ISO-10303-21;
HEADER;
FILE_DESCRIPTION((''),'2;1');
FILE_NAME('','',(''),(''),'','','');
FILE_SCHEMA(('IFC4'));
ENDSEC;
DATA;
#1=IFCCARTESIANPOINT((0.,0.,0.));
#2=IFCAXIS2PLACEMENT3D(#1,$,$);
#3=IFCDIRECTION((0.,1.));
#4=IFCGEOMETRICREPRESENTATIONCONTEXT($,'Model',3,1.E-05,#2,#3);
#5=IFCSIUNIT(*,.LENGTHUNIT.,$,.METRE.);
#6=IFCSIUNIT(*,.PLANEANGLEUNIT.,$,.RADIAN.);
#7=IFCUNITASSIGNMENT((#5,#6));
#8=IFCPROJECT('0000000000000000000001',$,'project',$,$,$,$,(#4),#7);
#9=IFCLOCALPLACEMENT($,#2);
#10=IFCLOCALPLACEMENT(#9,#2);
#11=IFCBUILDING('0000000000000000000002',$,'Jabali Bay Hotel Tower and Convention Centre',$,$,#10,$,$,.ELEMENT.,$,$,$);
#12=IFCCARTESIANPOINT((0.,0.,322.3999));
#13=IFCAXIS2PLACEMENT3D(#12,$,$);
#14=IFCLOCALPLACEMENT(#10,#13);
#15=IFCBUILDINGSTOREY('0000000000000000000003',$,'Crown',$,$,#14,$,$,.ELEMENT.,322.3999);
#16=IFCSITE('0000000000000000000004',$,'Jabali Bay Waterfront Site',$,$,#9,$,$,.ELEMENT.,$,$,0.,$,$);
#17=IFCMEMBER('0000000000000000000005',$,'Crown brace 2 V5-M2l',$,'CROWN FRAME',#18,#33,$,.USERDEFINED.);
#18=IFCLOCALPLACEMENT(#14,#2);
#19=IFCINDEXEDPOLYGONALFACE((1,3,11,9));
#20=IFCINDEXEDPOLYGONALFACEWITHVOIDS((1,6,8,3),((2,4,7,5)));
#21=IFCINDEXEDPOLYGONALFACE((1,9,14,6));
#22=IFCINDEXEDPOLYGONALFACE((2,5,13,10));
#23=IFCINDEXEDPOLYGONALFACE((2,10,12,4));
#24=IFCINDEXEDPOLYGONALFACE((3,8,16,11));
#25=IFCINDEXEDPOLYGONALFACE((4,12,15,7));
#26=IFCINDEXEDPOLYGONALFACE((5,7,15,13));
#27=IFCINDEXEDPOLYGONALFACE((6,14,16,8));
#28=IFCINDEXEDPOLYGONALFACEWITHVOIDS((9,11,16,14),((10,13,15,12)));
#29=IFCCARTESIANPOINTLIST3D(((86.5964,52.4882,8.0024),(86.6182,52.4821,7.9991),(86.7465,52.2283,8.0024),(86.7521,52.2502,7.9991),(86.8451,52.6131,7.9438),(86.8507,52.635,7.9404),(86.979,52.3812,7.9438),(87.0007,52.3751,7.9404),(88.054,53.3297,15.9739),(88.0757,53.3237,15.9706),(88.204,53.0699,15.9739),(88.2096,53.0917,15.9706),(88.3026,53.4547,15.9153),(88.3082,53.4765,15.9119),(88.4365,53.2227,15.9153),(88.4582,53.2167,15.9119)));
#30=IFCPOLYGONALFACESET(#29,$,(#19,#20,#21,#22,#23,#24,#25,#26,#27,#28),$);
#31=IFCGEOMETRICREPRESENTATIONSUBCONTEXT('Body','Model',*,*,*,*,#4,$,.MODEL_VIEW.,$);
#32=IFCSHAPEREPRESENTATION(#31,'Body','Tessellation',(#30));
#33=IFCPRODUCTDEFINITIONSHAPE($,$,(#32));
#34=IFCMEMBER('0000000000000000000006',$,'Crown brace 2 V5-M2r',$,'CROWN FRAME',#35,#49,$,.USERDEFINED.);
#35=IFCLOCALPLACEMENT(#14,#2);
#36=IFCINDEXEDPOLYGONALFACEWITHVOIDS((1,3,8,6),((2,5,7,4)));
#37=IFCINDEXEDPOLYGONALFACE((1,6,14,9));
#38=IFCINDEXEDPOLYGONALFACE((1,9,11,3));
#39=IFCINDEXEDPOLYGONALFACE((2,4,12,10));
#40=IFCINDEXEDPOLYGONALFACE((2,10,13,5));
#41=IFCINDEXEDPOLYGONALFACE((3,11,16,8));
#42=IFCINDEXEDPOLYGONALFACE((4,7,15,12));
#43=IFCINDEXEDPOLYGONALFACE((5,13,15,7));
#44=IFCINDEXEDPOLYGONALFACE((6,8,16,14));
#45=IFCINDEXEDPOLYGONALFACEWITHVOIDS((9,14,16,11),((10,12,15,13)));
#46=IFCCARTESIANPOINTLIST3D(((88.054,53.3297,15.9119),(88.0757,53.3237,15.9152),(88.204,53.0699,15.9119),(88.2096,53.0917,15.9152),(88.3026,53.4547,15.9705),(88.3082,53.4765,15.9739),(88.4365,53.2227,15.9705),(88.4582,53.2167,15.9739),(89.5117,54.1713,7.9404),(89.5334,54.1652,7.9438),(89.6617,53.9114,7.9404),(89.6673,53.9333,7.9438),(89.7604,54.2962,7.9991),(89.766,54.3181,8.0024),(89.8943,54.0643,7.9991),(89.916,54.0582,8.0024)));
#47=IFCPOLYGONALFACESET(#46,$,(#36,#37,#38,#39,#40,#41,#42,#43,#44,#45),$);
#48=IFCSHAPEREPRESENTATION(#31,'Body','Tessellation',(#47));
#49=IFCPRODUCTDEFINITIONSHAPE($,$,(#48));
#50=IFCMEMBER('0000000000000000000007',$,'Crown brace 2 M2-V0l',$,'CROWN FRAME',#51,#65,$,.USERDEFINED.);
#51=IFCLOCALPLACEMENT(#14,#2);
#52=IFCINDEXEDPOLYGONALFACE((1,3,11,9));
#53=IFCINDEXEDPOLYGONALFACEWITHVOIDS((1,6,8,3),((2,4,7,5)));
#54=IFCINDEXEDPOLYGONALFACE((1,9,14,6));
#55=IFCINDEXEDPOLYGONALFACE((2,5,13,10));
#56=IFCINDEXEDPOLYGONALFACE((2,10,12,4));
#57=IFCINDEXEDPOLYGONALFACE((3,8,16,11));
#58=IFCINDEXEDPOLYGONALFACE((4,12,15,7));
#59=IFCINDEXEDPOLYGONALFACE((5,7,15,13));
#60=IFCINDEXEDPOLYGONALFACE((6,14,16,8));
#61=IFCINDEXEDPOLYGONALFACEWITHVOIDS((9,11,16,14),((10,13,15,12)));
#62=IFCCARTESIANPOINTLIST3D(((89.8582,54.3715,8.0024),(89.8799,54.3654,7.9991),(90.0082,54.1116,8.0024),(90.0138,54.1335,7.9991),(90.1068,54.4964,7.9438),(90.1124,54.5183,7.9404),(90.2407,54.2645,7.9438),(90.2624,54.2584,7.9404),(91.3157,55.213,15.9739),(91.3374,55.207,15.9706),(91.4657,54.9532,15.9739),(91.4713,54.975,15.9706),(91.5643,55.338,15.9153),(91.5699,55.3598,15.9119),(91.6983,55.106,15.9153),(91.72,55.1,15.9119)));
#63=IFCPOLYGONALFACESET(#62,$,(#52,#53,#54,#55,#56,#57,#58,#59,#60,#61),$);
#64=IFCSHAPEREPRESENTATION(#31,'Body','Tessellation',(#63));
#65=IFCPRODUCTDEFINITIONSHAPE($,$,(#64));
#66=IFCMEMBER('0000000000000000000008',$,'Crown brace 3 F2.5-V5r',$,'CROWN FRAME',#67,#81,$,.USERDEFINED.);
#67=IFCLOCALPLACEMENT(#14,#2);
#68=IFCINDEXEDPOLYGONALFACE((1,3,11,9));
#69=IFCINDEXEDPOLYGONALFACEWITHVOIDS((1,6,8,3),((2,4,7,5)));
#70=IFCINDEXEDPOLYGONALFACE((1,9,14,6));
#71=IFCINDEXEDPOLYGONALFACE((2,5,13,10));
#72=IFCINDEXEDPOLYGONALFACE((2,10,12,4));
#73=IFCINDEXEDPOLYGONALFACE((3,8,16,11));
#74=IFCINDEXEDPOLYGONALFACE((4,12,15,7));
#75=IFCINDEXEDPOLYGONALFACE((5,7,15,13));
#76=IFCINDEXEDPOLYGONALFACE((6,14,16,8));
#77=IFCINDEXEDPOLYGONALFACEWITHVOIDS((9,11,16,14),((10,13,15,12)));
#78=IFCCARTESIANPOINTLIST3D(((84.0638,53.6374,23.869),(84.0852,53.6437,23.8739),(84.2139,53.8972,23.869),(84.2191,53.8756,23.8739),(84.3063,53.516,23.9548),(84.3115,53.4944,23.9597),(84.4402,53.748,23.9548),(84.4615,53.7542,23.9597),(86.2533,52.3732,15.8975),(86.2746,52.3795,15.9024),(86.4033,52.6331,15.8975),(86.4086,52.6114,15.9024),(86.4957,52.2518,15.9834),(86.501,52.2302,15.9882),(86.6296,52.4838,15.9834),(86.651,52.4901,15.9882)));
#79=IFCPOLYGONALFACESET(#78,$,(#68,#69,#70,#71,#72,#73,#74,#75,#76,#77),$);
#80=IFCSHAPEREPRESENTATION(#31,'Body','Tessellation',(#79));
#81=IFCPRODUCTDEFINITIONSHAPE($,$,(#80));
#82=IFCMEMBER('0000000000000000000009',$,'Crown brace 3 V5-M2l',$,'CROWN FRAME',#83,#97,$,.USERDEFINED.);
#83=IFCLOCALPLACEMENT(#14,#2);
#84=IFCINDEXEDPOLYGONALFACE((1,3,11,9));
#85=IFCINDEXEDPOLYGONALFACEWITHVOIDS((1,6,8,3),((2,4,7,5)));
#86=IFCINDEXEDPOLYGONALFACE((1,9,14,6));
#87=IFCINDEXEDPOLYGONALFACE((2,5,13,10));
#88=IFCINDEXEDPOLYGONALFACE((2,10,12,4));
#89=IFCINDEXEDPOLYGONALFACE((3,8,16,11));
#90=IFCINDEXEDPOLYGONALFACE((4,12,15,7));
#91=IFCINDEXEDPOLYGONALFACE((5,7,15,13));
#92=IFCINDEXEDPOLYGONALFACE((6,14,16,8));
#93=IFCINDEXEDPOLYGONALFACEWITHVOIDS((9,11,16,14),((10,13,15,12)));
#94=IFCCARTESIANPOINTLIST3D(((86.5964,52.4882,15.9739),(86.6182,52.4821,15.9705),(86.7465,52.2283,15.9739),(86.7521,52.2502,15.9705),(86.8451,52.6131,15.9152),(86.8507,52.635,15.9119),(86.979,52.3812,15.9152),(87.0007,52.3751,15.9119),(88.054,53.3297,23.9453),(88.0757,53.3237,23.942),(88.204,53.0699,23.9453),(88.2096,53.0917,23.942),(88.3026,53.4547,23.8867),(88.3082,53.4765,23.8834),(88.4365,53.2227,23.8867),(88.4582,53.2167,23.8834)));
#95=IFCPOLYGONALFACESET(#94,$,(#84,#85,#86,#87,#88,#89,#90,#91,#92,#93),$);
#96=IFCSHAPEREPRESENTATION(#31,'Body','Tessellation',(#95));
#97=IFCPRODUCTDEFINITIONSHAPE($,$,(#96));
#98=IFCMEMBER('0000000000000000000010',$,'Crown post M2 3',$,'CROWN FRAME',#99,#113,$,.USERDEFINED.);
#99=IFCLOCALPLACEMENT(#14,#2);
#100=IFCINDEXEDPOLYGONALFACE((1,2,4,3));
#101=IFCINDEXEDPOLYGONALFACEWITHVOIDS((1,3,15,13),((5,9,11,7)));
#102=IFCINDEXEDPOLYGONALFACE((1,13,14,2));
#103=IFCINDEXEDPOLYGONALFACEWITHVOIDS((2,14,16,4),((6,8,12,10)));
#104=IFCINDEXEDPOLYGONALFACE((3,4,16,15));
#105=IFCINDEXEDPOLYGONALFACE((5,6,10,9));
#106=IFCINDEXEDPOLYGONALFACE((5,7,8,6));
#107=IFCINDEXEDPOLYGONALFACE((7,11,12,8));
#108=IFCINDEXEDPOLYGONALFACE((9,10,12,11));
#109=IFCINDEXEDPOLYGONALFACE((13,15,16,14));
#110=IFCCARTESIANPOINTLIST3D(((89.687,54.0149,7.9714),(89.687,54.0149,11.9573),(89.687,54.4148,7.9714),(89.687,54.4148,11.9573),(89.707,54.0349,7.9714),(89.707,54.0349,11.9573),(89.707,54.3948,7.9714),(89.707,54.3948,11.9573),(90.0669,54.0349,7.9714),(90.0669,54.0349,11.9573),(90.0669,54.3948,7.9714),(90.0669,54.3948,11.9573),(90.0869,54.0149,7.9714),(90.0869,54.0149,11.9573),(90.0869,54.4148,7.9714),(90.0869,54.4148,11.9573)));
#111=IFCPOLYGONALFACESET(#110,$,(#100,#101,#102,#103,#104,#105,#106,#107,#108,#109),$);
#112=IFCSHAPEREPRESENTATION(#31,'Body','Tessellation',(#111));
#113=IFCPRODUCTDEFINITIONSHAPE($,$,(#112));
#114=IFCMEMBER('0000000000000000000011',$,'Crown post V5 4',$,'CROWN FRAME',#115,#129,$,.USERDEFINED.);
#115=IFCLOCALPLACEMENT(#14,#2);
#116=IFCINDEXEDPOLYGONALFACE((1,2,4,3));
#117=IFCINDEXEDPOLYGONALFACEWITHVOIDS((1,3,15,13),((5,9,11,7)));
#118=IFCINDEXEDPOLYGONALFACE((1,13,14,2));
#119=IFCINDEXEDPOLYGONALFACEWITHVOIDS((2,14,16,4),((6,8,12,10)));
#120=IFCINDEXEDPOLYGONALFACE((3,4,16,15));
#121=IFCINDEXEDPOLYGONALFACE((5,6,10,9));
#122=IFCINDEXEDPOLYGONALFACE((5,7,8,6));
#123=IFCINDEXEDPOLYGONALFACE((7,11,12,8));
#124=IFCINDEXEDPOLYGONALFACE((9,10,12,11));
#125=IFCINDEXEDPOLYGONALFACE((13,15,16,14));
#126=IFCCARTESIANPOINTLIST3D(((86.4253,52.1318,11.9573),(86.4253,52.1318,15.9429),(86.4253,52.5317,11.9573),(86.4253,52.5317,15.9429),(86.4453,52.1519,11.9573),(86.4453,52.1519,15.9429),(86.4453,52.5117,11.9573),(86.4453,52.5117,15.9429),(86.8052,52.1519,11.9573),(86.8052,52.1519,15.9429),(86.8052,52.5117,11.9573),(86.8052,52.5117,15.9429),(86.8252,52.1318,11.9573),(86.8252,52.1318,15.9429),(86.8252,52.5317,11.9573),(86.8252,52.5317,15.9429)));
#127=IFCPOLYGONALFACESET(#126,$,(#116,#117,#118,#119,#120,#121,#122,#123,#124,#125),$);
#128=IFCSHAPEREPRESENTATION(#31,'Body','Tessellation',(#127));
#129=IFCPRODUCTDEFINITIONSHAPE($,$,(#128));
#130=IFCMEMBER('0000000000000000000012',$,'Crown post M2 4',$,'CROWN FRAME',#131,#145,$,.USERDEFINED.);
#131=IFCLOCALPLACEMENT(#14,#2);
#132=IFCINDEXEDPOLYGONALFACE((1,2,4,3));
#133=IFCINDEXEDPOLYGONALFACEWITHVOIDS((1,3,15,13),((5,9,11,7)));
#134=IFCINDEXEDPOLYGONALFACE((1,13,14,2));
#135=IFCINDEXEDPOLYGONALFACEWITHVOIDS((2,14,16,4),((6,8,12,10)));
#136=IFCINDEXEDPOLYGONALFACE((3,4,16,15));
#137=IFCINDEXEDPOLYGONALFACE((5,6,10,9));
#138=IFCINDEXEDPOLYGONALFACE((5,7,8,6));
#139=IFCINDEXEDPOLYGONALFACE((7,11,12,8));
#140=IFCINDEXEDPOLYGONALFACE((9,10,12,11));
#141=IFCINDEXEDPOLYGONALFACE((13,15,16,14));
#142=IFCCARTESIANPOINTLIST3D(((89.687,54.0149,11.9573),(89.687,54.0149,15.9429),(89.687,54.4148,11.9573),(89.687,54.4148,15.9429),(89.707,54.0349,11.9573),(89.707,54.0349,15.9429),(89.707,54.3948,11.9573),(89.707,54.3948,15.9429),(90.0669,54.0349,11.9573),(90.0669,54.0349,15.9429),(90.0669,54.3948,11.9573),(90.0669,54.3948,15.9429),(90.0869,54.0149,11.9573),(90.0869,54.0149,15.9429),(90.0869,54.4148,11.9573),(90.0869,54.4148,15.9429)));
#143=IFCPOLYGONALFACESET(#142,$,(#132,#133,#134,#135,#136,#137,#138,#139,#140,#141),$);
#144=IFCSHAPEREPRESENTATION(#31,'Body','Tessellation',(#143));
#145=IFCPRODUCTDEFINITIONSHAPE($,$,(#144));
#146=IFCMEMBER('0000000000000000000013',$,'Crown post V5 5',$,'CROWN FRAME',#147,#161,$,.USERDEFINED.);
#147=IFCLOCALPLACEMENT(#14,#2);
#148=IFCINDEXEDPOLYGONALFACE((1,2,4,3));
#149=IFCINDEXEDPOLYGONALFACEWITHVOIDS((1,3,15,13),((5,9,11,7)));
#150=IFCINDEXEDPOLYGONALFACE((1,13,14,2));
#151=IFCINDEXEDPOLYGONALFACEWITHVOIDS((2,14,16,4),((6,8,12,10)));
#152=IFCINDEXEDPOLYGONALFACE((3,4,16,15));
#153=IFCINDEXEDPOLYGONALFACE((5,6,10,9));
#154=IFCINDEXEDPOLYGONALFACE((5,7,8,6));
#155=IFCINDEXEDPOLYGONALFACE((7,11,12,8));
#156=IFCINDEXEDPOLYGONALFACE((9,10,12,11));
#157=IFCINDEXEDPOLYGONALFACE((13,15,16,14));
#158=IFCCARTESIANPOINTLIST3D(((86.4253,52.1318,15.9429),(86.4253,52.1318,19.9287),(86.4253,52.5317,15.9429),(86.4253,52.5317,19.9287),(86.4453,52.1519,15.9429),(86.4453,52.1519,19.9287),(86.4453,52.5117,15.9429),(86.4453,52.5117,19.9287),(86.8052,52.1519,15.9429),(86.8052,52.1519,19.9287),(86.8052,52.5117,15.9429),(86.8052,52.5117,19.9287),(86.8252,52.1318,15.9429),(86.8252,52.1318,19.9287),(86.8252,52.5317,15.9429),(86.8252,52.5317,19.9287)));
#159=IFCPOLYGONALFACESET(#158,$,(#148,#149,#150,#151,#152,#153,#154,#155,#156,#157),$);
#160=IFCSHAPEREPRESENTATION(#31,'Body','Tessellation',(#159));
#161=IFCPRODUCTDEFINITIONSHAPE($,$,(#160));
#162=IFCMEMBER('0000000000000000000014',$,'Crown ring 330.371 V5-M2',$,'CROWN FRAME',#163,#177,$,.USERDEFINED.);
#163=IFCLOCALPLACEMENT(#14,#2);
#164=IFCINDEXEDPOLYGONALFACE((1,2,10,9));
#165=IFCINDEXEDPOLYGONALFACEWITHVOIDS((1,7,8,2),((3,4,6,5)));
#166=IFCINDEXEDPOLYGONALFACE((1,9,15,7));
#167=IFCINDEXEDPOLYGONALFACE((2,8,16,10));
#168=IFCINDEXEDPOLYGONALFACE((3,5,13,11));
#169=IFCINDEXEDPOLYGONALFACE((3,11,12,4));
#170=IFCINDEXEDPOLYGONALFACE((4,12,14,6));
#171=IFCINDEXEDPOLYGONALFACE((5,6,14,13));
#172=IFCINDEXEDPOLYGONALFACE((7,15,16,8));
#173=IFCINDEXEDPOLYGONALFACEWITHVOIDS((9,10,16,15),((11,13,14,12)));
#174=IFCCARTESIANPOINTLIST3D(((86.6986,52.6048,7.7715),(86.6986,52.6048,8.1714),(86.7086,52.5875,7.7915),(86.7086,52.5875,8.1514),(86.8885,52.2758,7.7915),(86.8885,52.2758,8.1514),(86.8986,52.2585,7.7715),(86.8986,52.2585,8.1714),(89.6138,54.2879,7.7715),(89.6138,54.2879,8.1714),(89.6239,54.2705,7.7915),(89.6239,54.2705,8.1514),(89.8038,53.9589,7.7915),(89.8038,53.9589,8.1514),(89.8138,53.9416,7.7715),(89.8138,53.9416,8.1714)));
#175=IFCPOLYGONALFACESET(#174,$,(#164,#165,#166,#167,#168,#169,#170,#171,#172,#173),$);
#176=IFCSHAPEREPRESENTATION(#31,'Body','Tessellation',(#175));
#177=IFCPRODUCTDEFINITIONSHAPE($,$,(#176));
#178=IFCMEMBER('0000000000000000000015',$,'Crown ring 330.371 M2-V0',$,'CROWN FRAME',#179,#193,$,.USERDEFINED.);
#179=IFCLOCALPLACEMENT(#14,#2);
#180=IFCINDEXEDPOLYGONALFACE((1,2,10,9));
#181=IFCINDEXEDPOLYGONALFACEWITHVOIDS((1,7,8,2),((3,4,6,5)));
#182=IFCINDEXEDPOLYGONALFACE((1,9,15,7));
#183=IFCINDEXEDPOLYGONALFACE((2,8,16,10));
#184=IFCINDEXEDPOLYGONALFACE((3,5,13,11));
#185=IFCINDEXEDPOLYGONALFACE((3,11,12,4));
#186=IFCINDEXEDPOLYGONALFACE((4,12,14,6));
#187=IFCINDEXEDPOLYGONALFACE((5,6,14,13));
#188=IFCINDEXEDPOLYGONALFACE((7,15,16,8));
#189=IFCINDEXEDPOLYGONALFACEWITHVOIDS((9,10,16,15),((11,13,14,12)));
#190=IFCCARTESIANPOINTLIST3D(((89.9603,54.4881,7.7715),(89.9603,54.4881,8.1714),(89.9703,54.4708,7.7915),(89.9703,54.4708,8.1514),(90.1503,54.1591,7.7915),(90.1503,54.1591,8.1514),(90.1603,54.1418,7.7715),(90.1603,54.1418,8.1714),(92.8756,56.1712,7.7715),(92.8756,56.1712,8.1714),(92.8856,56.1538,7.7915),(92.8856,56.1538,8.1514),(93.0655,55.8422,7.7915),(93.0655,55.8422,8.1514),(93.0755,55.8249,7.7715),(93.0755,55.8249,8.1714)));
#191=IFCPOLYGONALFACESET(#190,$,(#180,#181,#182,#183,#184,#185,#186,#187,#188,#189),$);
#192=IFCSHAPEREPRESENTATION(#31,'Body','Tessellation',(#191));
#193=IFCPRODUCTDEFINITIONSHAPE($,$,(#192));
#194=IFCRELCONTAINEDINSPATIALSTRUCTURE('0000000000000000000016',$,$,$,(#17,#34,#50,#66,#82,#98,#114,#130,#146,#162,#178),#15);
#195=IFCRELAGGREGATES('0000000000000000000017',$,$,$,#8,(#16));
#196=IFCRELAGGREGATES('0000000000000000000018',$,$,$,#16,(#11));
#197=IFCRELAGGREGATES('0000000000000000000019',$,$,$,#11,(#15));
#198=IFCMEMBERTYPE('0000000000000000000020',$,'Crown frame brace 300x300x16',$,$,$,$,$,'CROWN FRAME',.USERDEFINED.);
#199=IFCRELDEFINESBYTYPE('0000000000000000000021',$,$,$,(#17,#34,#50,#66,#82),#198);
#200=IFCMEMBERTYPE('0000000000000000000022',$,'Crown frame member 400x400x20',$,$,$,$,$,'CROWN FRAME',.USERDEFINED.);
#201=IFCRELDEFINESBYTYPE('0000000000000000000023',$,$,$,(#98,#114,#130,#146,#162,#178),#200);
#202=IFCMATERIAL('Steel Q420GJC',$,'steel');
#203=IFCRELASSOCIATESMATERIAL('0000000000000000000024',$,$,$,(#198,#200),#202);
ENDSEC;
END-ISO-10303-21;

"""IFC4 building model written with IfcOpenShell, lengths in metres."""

from ifc_helpers import new_model, si_unit, direction, frame, origin, origin_2d, place, context, subcontext, project, spatial, hollow_rectangle, extrude, material, material_profile, profile_set, type_object, element, save


model = new_model("IFC4")

# Units and contexts
model_context = context("Model", 3, precision=1e-05, world=origin(), true_north=direction((0.0, 1.0)))
body_context = subcontext(model_context, "Body", "Model", "MODEL_VIEW")
ifc_project = project(units=[si_unit("LENGTHUNIT", "METRE"), si_unit("PLANEANGLEUNIT", "RADIAN")], contexts=[model_context])

# Site, building, storey
site_placement = place(None, origin())
site = spatial("IfcSite", under=ifc_project, at=site_placement, Name="Jabali Bay Waterfront Site", CompositionType="ELEMENT", RefElevation=0.0)
building_placement = place(site_placement, origin())
building = spatial("IfcBuilding", under=site, at=building_placement, Name="Jabali Bay Hotel Tower and Convention Centre", CompositionType="ELEMENT")
storey_placement = place(building_placement, frame((0.0, 0.0, 322.3999)))
storey = spatial("IfcBuildingStorey", under=building, at=storey_placement, Name="Crown", CompositionType="ELEMENT", Elevation=322.3999)

# Members
ifc_material_1 = material(Name="Steel Q420GJC", Category="steel")
ifc_material_profile_1 = material_profile(ifc_material_1, hollow_rectangle(XDim=0.3, YDim=0.3, WallThickness=0.0161, at=origin_2d()), Name="Crown frame brace 300x300x16")
ifc_profile_set_1 = profile_set([ifc_material_profile_1], Name="Steel Q420GJC")
member_type_1 = type_object("IfcMemberType", Name="Crown frame brace 300x300x16", ElementType="CROWN FRAME", PredefinedType="USERDEFINED", material=ifc_profile_set_1)
for number, where, z_axis, x_axis, name in (
    (1, (86.7986, 52.4316, 7.9714), (0.178899, 0.103294, 0.97843), (-0.500024, 0.866012, 0.0), "Crown brace 2 V5-M2l"),
    (2, (89.7139, 54.1147, 7.9714), (-0.178928, -0.103293, 0.978425), (0.499961, -0.866048, 0.0), "Crown brace 2 V5-M2r"),
    (3, (90.0603, 54.3149, 7.9714), (0.178899, 0.103294, 0.97843), (-0.500024, 0.866012, 0.0), "Crown brace 2 M2-V0l"),
):
    element("IfcMember", number, at=place(storey_placement, frame(where, z_axis=z_axis, x_axis=x_axis)), inside=storey, type_object=member_type_1, Name=name, ObjectType="CROWN FRAME", PredefinedType="USERDEFINED", context=body_context, shape_type="SweptSolid", body=[
        extrude(hollow_rectangle(XDim=0.3, YDim=0.3, WallThickness=0.0161, at=origin_2d()), origin(), (0.0, 0.0, 1.0), 8.1472),
    ])
member_1_placement = place(storey_placement, frame((86.4521, 52.4316, 15.9429), z_axis=(-0.26181, 0.151166, 0.953207), x_axis=(-0.500023, -0.866012, 0.0)))
element("IfcMember", 4, at=member_1_placement, inside=storey, type_object=member_type_1, Name="Crown brace 3 F2.5-V5r", ObjectType="CROWN FRAME", PredefinedType="USERDEFINED", context=body_context, shape_type="SweptSolid", body=[
    extrude(hollow_rectangle(XDim=0.3, YDim=0.3, WallThickness=0.0161, at=origin_2d()), origin(), (0.0, 0.0, 1.0), 8.3628),
])
member_2_placement = place(storey_placement, frame((86.7986, 52.4316, 15.9429), z_axis=(0.178899, 0.103294, 0.97843), x_axis=(-0.500024, 0.866012, 0.0)))
element("IfcMember", 5, at=member_2_placement, inside=storey, type_object=member_type_1, Name="Crown brace 3 V5-M2l", ObjectType="CROWN FRAME", PredefinedType="USERDEFINED", context=body_context, shape_type="SweptSolid", body=[
    extrude(hollow_rectangle(XDim=0.3, YDim=0.3, WallThickness=0.0161, at=origin_2d()), origin(), (0.0, 0.0, 1.0), 8.1472),
])
ifc_material_profile_2 = material_profile(ifc_material_1, hollow_rectangle(XDim=0.3999, YDim=0.3999, WallThickness=0.02, at=origin_2d()), Name="Crown frame member 400x400x20")
ifc_profile_set_2 = profile_set([ifc_material_profile_2], Name="Steel Q420GJC")
member_type_2 = type_object("IfcMemberType", Name="Crown frame member 400x400x20", ElementType="CROWN FRAME", PredefinedType="USERDEFINED", material=ifc_profile_set_2)
member_3_placement = place(storey_placement, frame((89.887, 54.2148, 7.9714), z_axis=(0.0, 0.0, 1.0), x_axis=(1.0, 0.0, 0.0)))
element("IfcMember", 6, at=member_3_placement, inside=storey, type_object=member_type_2, Name="Crown post M2 3", ObjectType="CROWN FRAME", PredefinedType="USERDEFINED", context=body_context, shape_type="SweptSolid", body=[
    extrude(hollow_rectangle(XDim=0.3999, YDim=0.3999, WallThickness=0.02, at=origin_2d()), origin(), (0.0, 0.0, 1.0), 3.9858),
])
for number, where, z_axis, x_axis, name in (
    (7, (86.6252, 52.3318, 11.9573), (0.0, 0.0, 1.0), (1.0, 0.0, 0.0), "Crown post V5 4"),
    (8, (89.887, 54.2148, 11.9573), (0.0, 0.0, 1.0), (1.0, 0.0, 0.0), "Crown post M2 4"),
):
    element("IfcMember", number, at=place(storey_placement, frame(where, z_axis=z_axis, x_axis=x_axis)), inside=storey, type_object=member_type_2, Name=name, ObjectType="CROWN FRAME", PredefinedType="USERDEFINED", context=body_context, shape_type="SweptSolid", body=[
        extrude(hollow_rectangle(XDim=0.3999, YDim=0.3999, WallThickness=0.02, at=origin_2d()), origin(), (0.0, 0.0, 1.0), 3.9856),
    ])
member_4_placement = place(storey_placement, frame((86.6252, 52.3318, 15.9429), z_axis=(0.0, 0.0, 1.0), x_axis=(1.0, 0.0, 0.0)))
element("IfcMember", 9, at=member_4_placement, inside=storey, type_object=member_type_2, Name="Crown post V5 5", ObjectType="CROWN FRAME", PredefinedType="USERDEFINED", context=body_context, shape_type="SweptSolid", body=[
    extrude(hollow_rectangle(XDim=0.3999, YDim=0.3999, WallThickness=0.02, at=origin_2d()), origin(), (0.0, 0.0, 1.0), 3.9858),
])
for number, where, z_axis, x_axis, name in (
    (10, (86.7986, 52.4316, 7.9714), (0.86603, 0.499992, 0.0), (-0.499992, 0.86603, 0.0), "Crown ring 330.371 V5-M2"),
    (11, (90.0603, 54.3149, 7.9714), (0.86603, 0.499992, 0.0), (-0.499992, 0.86603, 0.0), "Crown ring 330.371 M2-V0"),
):
    element("IfcMember", number, at=place(storey_placement, frame(where, z_axis=z_axis, x_axis=x_axis)), inside=storey, type_object=member_type_2, Name=name, ObjectType="CROWN FRAME", PredefinedType="USERDEFINED", context=body_context, shape_type="SweptSolid", body=[
        extrude(hollow_rectangle(XDim=0.3999, YDim=0.3999, WallThickness=0.02, at=origin_2d()), origin(), (0.0, 0.0, 1.0), 3.3662),
    ])

save(model, "model.ifc")
